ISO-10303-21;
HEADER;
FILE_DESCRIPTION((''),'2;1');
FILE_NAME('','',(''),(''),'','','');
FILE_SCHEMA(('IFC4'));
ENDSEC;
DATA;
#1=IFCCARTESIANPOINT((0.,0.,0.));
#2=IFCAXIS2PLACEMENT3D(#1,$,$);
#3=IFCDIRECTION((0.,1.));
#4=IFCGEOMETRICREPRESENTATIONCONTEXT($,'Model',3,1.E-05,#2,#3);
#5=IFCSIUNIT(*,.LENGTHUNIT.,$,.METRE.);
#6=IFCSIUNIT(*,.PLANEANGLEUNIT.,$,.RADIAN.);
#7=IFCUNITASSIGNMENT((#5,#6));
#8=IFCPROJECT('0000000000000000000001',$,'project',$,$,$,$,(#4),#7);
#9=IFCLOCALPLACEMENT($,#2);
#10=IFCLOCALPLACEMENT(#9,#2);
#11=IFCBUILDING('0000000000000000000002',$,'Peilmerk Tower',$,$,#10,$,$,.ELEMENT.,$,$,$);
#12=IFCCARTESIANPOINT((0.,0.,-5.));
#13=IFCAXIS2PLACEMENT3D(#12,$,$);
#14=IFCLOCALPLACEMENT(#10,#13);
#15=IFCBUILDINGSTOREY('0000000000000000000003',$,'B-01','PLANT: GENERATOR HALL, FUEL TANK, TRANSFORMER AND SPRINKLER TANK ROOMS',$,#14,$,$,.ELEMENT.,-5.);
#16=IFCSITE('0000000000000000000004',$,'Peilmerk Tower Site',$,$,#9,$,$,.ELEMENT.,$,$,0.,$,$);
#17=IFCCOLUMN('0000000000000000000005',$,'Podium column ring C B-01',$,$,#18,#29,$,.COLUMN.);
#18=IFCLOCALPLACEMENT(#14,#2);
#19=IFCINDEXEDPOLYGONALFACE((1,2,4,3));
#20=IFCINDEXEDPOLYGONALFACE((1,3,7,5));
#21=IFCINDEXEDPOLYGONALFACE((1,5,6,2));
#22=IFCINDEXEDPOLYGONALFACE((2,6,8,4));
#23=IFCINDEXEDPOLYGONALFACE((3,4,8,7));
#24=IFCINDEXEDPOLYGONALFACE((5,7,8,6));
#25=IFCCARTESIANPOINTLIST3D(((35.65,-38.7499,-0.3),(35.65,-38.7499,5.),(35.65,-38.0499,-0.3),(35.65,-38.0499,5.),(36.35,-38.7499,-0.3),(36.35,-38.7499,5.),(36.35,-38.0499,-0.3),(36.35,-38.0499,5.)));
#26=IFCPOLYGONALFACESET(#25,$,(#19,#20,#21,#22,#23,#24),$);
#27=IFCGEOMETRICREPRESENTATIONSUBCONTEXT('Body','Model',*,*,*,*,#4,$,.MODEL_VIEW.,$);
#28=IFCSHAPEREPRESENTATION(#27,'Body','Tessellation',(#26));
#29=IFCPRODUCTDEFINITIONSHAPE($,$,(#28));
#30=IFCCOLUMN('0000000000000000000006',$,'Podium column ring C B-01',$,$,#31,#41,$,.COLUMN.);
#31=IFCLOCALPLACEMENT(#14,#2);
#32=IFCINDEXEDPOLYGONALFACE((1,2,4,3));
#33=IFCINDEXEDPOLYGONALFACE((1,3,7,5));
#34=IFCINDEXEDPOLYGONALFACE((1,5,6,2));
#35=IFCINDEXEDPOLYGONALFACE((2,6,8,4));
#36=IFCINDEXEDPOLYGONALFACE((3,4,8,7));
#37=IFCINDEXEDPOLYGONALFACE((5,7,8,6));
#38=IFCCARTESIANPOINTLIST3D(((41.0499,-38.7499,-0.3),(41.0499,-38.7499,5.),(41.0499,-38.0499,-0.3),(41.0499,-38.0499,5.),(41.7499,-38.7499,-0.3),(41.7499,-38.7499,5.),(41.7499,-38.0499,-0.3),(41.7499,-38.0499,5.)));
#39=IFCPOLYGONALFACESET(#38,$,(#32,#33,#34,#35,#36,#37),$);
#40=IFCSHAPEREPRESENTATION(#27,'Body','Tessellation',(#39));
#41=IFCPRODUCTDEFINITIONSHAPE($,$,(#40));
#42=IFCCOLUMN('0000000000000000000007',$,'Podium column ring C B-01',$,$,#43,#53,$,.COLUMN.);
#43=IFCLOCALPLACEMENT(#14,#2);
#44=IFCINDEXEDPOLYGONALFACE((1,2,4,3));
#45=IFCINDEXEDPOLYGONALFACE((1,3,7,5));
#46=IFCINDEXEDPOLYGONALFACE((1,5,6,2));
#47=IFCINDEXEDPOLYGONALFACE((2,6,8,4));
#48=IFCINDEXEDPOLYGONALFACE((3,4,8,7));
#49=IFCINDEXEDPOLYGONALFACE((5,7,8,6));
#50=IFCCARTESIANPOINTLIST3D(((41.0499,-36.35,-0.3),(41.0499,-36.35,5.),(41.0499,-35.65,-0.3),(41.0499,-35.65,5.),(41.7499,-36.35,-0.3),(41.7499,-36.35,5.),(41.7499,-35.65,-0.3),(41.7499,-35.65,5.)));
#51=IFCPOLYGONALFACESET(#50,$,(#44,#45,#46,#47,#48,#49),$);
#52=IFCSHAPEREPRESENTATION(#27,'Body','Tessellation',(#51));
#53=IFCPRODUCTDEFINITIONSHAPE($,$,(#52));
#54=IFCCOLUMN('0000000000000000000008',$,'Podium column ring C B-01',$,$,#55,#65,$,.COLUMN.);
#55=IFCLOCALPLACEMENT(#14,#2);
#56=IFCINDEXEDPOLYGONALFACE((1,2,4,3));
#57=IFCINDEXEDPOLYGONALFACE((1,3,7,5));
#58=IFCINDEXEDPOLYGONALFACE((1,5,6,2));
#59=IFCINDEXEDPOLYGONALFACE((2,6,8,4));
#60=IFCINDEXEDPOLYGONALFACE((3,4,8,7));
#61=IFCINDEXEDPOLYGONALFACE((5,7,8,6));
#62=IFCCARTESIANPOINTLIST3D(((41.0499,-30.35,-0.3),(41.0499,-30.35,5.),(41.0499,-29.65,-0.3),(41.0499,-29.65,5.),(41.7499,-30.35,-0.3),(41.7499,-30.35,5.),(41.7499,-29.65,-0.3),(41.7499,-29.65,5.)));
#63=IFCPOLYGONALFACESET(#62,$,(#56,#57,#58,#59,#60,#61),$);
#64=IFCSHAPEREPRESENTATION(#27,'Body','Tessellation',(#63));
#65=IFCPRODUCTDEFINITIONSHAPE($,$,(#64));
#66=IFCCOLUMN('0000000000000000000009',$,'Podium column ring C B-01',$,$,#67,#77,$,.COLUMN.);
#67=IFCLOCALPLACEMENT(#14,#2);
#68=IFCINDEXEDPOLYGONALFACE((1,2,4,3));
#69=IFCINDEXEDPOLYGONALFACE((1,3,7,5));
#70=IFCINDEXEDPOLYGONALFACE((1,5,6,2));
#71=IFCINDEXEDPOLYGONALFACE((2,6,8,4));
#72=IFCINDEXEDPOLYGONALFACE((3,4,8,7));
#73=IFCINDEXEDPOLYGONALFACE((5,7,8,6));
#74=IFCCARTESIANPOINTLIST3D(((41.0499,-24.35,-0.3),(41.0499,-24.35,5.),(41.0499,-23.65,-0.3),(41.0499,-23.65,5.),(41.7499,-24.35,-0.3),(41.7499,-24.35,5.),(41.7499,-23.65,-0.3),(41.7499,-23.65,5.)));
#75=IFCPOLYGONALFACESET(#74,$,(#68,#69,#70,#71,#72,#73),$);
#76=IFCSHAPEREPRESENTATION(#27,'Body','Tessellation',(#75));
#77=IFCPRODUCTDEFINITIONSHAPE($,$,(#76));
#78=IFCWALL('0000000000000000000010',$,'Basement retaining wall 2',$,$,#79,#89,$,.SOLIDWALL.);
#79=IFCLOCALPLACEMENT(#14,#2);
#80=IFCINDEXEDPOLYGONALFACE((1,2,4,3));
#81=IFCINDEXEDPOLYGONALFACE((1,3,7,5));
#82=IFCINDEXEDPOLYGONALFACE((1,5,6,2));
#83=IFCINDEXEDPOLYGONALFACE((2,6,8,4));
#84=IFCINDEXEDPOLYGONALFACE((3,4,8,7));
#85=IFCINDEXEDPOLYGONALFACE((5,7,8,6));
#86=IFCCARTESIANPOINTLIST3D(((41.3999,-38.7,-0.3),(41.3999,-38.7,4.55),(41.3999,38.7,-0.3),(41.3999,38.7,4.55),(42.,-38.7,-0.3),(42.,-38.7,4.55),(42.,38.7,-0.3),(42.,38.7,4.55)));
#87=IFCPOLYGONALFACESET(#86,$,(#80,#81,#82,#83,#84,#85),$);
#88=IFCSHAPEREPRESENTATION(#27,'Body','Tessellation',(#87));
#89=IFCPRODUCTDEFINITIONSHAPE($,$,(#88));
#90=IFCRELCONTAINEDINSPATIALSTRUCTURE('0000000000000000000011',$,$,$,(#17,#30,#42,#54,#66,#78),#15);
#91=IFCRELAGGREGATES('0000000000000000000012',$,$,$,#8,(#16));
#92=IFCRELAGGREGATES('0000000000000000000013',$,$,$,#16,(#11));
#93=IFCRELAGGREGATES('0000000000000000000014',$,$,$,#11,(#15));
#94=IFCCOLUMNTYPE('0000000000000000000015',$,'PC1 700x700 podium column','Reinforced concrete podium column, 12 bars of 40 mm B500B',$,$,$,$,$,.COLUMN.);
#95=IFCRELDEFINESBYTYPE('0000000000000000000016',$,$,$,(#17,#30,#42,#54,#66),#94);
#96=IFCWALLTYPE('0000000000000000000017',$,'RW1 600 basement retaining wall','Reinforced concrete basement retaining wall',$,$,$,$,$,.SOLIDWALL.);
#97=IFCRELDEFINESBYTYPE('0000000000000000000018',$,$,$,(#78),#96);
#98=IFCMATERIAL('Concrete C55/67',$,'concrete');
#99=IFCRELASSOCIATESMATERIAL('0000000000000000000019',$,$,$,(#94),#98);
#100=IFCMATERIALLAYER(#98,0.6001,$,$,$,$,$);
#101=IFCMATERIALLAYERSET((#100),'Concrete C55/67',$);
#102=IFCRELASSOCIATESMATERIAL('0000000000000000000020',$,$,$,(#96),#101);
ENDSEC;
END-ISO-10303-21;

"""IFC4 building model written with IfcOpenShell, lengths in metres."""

from ifc_helpers import new_model, si_unit, direction, frame, frame_2d, origin, origin_2d, place, context, subcontext, project, spatial, rectangle, extrude, material, layer, layer_set, material_profile, profile_set, type_object, element, save


model = new_model("IFC4")

# Units and contexts
model_context = context("Model", 3, precision=1e-05, world=origin(), true_north=direction((0.0, 1.0)))
body_context = subcontext(model_context, "Body", "Model", "MODEL_VIEW")
ifc_project = project(units=[si_unit("LENGTHUNIT", "METRE"), si_unit("PLANEANGLEUNIT", "RADIAN")], contexts=[model_context])

# Site, building, storey
site_placement = place(None, origin())
site = spatial("IfcSite", under=ifc_project, at=site_placement, Name="Peilmerk Tower Site", CompositionType="ELEMENT", RefElevation=0.0)
building_placement = place(site_placement, origin())
building = spatial("IfcBuilding", under=site, at=building_placement, Name="Peilmerk Tower", CompositionType="ELEMENT")
storey_placement = place(building_placement, frame((0.0, 0.0, -5.0)))
storey = spatial("IfcBuildingStorey", under=building, at=storey_placement, Name="B-01", Description="PLANT: GENERATOR HALL, FUEL TANK, TRANSFORMER AND SPRINKLER TANK ROOMS", CompositionType="ELEMENT", Elevation=-5.0)

# Columns
ifc_material_1 = material(Name="Concrete C55/67", Category="concrete")
ifc_material_profile_1 = material_profile(ifc_material_1, rectangle(XDim=0.7, YDim=0.7, at=origin_2d()), Name="RC 700x700")
ifc_profile_set_1 = profile_set([ifc_material_profile_1], Name="Concrete C55/67")
column_type = type_object("IfcColumnType", Name="PC1 700x700 podium column", Description="Reinforced concrete podium column, 12 bars of 40 mm B500B", PredefinedType="COLUMN", material=ifc_profile_set_1)
for number, where, z_axis, x_axis, name in (
    (1, (36.0, -38.3999, -0.3), (0.0, 0.0, 1.0), (1.0, 0.0, 0.0), "Podium column ring C B-01"),
    (2, (41.3999, -38.3999, -0.3), (0.0, 0.0, 1.0), (1.0, 0.0, 0.0), "Podium column ring C B-01"),
    (3, (41.3999, -36.0, -0.3), (0.0, 0.0, 1.0), (1.0, 0.0, 0.0), "Podium column ring C B-01"),
    (4, (41.3999, -30.0, -0.3), (0.0, 0.0, 1.0), (1.0, 0.0, 0.0), "Podium column ring C B-01"),
    (5, (41.3999, -24.0, -0.3), (0.0, 0.0, 1.0), (1.0, 0.0, 0.0), "Podium column ring C B-01"),
):
    element("IfcColumn", number, at=place(storey_placement, frame(where, z_axis=z_axis, x_axis=x_axis)), inside=storey, type_object=column_type, Name=name, PredefinedType="COLUMN", context=body_context, shape_type="SweptSolid", body=[
        extrude(rectangle(XDim=0.7, YDim=0.7, at=origin_2d()), origin(), (0.0, 0.0, 1.0), 5.3),
    ])

# Wall
ifc_layer = layer(ifc_material_1, 0.6001)
ifc_layer_set = layer_set([ifc_layer], Name="Concrete C55/67")
wall_type = type_object("IfcWallType", Name="RW1 600 basement retaining wall", Description="Reinforced concrete basement retaining wall", PredefinedType="SOLIDWALL", material=ifc_layer_set)
wall_placement = place(storey_placement, frame((41.7, -38.7, -0.3), z_axis=(0.0, 0.0, 1.0), x_axis=(0.0, 1.0, 0.0)))
element("IfcWall", 6, at=wall_placement, inside=storey, type_object=wall_type, Name="Basement retaining wall 2", PredefinedType="SOLIDWALL", context=body_context, shape_type="SweptSolid", body=[
    extrude(rectangle(XDim=77.3999, YDim=0.6001, at=frame_2d((38.7, 0.0))), origin(), (0.0, 0.0, 1.0), 4.8501),
])

save(model, "model.ifc")
